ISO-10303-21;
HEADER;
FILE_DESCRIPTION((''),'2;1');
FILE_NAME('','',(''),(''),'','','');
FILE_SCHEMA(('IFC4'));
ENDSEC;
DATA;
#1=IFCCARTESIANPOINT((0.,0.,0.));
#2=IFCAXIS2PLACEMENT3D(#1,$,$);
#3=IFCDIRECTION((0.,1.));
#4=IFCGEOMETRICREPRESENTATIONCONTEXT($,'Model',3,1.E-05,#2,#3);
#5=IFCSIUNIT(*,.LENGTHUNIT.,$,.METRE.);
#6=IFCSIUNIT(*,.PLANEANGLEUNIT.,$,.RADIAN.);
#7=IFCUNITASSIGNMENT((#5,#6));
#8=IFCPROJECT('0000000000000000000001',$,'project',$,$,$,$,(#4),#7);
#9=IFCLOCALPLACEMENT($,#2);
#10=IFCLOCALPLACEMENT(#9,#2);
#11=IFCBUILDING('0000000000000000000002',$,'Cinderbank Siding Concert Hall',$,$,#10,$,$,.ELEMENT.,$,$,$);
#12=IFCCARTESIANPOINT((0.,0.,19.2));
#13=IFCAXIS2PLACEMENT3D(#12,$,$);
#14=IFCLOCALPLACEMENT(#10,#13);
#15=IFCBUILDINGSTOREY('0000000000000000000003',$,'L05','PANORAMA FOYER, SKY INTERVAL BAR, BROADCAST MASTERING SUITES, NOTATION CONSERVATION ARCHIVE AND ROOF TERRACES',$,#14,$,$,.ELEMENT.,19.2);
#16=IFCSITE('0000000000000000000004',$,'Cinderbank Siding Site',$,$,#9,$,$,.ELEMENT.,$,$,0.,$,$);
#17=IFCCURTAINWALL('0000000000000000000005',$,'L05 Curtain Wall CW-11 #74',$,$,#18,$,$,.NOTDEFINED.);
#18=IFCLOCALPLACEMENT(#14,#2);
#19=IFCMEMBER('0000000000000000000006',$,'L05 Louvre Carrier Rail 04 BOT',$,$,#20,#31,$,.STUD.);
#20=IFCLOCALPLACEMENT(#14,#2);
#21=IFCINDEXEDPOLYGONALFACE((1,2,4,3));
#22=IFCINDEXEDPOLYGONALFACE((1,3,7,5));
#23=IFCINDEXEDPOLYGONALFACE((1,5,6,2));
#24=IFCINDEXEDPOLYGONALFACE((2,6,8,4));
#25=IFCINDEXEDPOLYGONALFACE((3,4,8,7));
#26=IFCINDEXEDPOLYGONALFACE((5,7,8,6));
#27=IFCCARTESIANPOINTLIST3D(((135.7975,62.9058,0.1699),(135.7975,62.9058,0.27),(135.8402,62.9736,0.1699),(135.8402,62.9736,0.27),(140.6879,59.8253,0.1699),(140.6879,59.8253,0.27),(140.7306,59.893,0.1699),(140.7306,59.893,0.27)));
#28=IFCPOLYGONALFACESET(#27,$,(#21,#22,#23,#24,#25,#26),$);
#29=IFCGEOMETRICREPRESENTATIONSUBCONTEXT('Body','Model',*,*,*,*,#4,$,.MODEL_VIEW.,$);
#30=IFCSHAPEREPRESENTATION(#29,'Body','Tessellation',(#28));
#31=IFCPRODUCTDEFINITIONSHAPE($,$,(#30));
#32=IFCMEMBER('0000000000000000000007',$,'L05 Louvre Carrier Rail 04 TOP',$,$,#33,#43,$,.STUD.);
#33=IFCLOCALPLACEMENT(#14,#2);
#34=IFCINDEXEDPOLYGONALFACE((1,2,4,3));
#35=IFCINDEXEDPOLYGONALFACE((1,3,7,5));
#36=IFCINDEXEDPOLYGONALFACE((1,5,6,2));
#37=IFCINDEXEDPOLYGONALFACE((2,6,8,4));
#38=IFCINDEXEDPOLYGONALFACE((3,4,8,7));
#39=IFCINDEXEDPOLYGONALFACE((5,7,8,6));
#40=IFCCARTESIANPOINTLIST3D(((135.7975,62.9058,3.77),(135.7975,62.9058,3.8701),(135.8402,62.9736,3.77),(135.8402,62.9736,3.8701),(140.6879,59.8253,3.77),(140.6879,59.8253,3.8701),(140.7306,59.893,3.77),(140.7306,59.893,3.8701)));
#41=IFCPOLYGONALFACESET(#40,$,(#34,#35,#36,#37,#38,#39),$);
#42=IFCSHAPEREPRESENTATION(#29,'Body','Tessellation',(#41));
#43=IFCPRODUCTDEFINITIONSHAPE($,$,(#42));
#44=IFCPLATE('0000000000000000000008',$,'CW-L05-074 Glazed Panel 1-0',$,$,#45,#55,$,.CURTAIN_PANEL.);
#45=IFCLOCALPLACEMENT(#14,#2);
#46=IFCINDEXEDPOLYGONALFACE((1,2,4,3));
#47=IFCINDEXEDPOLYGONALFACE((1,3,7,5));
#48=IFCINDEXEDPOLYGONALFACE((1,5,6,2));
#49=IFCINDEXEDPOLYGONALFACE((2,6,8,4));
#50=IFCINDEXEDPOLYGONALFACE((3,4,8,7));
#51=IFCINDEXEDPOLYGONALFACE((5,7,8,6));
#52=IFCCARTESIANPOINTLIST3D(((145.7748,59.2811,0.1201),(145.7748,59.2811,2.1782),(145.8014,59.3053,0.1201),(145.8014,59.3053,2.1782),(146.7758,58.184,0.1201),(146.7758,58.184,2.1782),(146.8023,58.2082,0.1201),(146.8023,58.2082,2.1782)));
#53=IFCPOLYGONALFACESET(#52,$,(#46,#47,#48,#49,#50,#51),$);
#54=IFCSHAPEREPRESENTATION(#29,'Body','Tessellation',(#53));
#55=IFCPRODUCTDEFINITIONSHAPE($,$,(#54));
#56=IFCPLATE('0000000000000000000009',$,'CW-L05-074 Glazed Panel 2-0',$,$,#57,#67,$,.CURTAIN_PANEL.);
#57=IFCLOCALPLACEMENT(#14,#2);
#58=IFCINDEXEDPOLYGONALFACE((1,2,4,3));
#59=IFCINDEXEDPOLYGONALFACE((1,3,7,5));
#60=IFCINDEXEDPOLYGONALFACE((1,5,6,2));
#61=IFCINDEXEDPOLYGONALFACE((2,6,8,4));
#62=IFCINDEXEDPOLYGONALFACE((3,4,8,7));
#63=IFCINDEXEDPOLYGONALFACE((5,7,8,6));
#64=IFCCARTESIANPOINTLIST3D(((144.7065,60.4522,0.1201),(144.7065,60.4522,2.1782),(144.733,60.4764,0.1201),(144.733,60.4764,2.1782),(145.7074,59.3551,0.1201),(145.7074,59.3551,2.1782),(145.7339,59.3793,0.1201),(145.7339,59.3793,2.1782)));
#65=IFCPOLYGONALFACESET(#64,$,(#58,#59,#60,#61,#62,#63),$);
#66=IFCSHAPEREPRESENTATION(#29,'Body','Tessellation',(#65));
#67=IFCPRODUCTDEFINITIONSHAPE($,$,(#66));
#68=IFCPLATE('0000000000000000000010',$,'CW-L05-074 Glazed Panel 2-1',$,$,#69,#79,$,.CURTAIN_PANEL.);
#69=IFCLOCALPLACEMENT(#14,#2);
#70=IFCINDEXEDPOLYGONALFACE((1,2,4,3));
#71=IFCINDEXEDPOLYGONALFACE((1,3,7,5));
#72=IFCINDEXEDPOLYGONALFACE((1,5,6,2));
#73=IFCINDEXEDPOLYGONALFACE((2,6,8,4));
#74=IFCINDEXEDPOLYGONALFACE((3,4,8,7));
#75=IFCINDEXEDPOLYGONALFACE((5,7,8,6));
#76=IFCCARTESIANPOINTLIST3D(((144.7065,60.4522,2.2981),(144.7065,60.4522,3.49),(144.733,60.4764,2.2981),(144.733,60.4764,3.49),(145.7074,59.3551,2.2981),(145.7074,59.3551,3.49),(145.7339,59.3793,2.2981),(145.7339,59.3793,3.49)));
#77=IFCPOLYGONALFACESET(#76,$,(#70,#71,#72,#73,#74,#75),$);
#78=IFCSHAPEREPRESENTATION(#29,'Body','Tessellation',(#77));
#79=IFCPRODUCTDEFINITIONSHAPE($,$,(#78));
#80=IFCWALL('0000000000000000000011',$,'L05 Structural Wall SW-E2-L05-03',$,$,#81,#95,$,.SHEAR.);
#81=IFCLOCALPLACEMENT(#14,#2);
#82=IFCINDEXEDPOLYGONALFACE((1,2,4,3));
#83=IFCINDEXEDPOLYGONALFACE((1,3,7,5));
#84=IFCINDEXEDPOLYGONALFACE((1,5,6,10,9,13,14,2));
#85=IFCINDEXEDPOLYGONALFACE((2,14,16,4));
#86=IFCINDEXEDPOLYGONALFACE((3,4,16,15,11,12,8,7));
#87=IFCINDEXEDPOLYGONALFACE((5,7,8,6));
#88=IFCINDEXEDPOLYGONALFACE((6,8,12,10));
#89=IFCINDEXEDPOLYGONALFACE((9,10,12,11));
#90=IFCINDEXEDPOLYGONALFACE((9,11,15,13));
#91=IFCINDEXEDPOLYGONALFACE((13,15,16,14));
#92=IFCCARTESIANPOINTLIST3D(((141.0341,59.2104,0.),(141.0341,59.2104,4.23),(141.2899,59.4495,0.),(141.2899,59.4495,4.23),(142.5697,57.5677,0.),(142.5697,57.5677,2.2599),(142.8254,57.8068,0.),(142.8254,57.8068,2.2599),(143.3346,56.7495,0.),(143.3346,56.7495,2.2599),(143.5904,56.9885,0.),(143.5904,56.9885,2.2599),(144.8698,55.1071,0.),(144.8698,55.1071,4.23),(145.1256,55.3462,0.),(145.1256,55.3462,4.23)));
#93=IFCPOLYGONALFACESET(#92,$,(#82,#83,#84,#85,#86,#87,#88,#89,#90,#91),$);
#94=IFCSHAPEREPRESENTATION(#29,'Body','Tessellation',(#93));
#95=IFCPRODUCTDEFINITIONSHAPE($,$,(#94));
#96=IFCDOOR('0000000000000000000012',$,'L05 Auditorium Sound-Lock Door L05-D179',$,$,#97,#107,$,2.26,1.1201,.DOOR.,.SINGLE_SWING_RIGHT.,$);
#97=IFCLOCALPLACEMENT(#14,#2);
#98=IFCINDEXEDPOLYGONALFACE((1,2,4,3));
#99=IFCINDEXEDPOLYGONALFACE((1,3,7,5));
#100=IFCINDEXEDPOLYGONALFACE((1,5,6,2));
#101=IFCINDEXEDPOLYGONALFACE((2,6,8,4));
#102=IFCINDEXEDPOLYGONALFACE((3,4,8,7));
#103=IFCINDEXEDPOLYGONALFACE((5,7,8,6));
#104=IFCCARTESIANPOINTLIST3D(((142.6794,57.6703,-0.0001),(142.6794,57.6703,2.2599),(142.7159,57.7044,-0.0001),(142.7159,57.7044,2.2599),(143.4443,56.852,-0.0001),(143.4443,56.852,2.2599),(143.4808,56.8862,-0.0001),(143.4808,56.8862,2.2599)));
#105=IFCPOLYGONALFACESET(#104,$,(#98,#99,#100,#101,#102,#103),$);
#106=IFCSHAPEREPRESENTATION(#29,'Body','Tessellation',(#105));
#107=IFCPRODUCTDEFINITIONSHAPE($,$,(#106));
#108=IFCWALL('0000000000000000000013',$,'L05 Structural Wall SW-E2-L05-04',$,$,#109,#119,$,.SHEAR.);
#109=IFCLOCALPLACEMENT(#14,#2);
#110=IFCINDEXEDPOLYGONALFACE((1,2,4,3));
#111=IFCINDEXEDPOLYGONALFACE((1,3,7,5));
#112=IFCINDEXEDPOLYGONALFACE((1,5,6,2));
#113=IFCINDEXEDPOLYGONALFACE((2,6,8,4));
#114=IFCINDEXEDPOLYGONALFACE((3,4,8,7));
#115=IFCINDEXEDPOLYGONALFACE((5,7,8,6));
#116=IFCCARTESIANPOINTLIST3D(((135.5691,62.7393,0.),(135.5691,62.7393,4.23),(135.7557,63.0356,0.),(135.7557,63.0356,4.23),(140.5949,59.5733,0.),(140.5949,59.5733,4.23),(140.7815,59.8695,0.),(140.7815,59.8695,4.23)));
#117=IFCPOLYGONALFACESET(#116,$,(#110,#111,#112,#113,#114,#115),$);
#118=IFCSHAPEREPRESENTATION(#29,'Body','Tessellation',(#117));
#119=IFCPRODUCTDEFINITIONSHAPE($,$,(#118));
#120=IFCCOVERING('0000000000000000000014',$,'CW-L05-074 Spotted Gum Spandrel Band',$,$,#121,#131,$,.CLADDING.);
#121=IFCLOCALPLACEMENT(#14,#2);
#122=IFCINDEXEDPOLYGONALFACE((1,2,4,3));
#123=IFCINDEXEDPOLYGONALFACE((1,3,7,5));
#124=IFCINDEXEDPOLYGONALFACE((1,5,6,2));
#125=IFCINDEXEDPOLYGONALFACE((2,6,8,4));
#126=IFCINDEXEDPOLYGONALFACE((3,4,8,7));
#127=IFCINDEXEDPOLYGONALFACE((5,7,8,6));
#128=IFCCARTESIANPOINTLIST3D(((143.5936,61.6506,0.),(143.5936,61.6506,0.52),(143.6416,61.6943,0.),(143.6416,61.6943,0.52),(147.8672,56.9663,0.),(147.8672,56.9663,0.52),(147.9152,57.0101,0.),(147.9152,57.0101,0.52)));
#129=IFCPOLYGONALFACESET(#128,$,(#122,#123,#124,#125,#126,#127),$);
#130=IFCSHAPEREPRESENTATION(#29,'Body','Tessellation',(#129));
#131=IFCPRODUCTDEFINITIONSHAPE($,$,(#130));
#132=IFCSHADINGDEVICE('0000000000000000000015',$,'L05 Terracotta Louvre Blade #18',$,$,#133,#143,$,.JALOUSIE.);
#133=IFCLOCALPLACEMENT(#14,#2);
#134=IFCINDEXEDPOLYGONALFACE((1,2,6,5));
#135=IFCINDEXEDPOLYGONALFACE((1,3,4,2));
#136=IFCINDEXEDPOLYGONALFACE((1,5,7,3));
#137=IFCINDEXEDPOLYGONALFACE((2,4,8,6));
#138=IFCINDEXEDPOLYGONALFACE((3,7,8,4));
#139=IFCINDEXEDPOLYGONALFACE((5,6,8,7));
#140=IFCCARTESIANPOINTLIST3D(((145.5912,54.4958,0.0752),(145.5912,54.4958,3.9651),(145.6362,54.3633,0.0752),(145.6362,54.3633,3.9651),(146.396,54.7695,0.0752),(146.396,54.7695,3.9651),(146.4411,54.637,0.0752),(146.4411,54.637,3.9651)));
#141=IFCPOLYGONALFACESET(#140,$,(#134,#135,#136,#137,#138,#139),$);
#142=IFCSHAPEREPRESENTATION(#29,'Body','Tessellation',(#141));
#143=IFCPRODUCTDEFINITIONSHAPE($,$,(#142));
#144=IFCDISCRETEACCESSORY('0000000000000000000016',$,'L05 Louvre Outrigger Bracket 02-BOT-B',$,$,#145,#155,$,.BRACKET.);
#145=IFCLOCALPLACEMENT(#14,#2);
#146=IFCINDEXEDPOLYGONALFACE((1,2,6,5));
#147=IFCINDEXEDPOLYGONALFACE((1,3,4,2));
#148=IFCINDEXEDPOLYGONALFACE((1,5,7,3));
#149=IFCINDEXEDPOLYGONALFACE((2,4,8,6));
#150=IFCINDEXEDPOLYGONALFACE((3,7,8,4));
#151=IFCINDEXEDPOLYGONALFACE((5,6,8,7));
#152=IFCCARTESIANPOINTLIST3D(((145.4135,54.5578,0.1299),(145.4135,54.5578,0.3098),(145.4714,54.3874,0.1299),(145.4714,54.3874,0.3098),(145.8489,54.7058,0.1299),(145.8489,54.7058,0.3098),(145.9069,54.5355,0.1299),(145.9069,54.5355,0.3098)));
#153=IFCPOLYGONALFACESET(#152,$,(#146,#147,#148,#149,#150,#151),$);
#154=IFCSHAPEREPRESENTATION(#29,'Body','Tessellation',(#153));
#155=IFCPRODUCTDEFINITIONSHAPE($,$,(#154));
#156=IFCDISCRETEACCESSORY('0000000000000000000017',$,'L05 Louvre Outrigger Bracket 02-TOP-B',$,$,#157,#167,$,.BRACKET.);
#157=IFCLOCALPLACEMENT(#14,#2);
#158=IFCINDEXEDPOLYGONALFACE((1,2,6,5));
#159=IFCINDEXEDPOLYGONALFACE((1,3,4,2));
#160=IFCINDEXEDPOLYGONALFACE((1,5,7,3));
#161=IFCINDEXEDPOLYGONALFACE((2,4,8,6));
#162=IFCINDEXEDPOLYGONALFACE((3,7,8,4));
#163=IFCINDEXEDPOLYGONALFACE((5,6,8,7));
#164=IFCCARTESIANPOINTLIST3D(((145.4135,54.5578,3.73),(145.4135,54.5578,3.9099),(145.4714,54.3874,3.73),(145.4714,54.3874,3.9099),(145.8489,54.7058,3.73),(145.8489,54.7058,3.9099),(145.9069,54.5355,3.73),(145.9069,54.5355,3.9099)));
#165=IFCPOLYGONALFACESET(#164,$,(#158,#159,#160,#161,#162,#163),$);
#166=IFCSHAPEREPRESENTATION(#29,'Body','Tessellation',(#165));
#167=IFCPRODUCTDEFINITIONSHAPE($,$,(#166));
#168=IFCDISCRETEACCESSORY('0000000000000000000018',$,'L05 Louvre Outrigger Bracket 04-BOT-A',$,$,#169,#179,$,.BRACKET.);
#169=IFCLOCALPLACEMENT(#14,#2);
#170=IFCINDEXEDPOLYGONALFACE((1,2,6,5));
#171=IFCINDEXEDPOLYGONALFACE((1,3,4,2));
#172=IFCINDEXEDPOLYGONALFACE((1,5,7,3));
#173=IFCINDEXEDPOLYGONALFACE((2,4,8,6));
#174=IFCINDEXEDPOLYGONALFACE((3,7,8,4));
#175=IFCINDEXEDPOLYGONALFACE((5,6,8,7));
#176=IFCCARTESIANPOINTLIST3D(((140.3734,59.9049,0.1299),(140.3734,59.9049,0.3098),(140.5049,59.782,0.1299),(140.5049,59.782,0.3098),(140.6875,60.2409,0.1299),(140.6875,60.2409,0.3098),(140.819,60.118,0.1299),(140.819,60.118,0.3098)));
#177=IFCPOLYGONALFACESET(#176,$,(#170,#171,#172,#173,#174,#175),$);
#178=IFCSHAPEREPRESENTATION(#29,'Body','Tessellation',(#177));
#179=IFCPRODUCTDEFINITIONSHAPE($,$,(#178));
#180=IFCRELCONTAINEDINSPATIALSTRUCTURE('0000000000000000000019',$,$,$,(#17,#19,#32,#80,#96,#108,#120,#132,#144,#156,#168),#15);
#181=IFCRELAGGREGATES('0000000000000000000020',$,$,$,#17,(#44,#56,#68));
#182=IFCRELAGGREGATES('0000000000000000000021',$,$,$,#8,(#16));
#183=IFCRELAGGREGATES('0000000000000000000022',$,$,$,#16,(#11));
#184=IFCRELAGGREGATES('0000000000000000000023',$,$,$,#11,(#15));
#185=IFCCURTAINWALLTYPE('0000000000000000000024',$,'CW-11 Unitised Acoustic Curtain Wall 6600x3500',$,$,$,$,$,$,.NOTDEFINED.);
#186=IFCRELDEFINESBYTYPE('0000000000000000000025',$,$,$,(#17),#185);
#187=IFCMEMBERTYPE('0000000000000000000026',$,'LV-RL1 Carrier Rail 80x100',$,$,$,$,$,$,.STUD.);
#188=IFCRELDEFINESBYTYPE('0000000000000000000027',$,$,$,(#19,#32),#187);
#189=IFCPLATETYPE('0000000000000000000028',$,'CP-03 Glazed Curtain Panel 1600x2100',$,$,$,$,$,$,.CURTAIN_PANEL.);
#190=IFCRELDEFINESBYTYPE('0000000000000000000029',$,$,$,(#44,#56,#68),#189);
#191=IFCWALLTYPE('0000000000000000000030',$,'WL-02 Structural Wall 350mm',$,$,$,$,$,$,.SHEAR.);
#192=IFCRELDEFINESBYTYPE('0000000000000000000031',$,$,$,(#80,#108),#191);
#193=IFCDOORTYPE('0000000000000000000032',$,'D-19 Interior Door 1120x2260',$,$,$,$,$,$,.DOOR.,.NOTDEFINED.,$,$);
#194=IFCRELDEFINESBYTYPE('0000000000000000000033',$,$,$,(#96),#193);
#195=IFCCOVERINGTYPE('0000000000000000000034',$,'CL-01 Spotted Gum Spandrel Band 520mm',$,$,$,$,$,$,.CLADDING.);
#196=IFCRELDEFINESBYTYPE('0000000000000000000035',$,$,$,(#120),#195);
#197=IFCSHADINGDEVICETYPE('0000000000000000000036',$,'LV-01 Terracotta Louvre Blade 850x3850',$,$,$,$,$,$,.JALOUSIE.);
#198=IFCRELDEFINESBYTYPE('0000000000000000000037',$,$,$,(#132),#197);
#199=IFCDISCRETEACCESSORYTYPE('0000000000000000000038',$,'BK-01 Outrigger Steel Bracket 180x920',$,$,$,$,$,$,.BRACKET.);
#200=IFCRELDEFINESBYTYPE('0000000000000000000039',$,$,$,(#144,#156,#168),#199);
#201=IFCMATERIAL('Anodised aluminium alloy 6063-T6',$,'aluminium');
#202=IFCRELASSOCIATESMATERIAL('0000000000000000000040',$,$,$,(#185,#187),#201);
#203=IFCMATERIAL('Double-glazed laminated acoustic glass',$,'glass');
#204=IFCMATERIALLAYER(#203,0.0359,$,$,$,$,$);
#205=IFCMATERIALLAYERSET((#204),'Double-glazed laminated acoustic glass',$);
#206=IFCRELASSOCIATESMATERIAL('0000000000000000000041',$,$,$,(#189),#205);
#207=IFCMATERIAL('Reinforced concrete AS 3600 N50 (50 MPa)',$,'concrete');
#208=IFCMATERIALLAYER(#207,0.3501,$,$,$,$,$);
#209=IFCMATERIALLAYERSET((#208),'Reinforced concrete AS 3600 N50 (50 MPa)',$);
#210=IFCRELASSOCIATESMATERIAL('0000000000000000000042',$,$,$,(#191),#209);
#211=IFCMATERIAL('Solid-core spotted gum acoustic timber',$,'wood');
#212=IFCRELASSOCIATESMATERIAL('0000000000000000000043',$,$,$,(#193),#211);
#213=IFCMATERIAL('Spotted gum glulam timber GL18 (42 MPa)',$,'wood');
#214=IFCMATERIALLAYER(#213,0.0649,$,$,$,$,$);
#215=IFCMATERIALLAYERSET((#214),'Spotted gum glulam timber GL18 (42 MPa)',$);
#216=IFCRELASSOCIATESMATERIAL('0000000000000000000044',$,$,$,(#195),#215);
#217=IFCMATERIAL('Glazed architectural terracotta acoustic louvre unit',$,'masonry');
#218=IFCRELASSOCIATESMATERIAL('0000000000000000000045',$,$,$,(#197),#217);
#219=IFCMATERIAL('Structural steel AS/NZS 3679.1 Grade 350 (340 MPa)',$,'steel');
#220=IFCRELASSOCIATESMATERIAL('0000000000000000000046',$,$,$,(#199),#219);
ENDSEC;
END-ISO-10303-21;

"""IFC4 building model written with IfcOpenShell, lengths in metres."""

from ifc_helpers import new_model, si_unit, direction, frame, frame_2d, origin, origin_2d, place, context, subcontext, project, spatial, rectangle, extrude, material, layer, layer_set, material_profile, profile_set, type_object, element, fill, aggregate, save


model = new_model("IFC4")

# Units and contexts
model_context = context("Model", 3, precision=1e-05, world=origin(), true_north=direction((0.0, 1.0)))
body_context = subcontext(model_context, "Body", "Model", "MODEL_VIEW")
ifc_project = project(units=[si_unit("LENGTHUNIT", "METRE"), si_unit("PLANEANGLEUNIT", "RADIAN")], contexts=[model_context])

# Site, building, storey
site_placement = place(None, origin())
site = spatial("IfcSite", under=ifc_project, at=site_placement, Name="Cinderbank Siding Site", CompositionType="ELEMENT", RefElevation=0.0)
building_placement = place(site_placement, origin())
building = spatial("IfcBuilding", under=site, at=building_placement, Name="Cinderbank Siding Concert Hall", CompositionType="ELEMENT")
storey_placement = place(building_placement, frame((0.0, 0.0, 19.2)))
storey = spatial("IfcBuildingStorey", under=building, at=storey_placement, Name="L05", Description="PANORAMA FOYER, SKY INTERVAL BAR, BROADCAST MASTERING SUITES, NOTATION CONSERVATION ARCHIVE AND ROOF TERRACES", CompositionType="ELEMENT", Elevation=19.2)

# Shared definitions
ifc_material_1 = material(Name="Reinforced concrete AS 3600 N50 (50 MPa)", Category="concrete")

# Shared definitions
ifc_material_2 = material(Name="Structural steel AS/NZS 3679.1 Grade 350 (340 MPa)", Category="steel")

# Curtain wall
ifc_material_3 = material(Name="Anodised aluminium alloy 6063-T6", Category="aluminium")
curtain_wall_type = type_object("IfcCurtainWallType", Name="CW-11 Unitised Acoustic Curtain Wall 6600x3500", PredefinedType="NOTDEFINED", material=ifc_material_3)
curtain_wall_placement = place(storey_placement, origin())
curtain_wall = element("IfcCurtainWall", 1, at=curtain_wall_placement, inside=storey, type_object=curtain_wall_type, Name="L05 Curtain Wall CW-11 #74", PredefinedType="NOTDEFINED")

# Members
ifc_material_profile_1 = material_profile(ifc_material_3, rectangle(XDim=0.0801, YDim=0.1001, at=origin_2d()), Name="ALU-RAIL-80x100", Category="LoadBearing")
ifc_profile_set_1 = profile_set([ifc_material_profile_1], Name="Anodised aluminium alloy 6063-T6")
member_type_1 = type_object("IfcMemberType", Name="LV-RL1 Carrier Rail 80x100", PredefinedType="STUD", material=ifc_profile_set_1)
for number, where, z_axis, x_axis, name in (
    (2, (140.7092, 59.8591, 0.22), (-0.846121, 0.532991, 0.0), (-0.532991, -0.846121, 0.0), "L05 Louvre Carrier Rail 04 BOT"),
    (3, (140.7092, 59.8591, 3.8201), (-0.846121, 0.532991, 0.0), (-0.532991, -0.846121, 0.0), "L05 Louvre Carrier Rail 04 TOP"),
):
    element("IfcMember", number, at=place(storey_placement, frame(where, z_axis=z_axis, x_axis=x_axis)), inside=storey, type_object=member_type_1, Name=name, PredefinedType="STUD", context=body_context, shape_type="SweptSolid", body=[
        extrude(rectangle(XDim=0.0801, YDim=0.1001, at=origin_2d()), origin(), (0.0, 0.0, 1.0), 5.7798),
    ])

# Plates
ifc_material_4 = material(Name="Double-glazed laminated acoustic glass", Category="glass")
ifc_layer_1 = layer(ifc_material_4, 0.0359)
ifc_layer_set_1 = layer_set([ifc_layer_1], Name="Double-glazed laminated acoustic glass")
plate_type = type_object("IfcPlateType", Name="CP-03 Glazed Curtain Panel 1600x2100", PredefinedType="CURTAIN_PANEL", material=ifc_layer_set_1)
plate_1_placement = place(storey_placement, frame((146.2886, 58.7446, 0.1201), z_axis=(0.0, 0.0, 1.0), x_axis=(-0.673989, 0.738742, 0.0)))
plate_1 = element("IfcPlate", 4, at=plate_1_placement, type_object=plate_type, Name="CW-L05-074 Glazed Panel 1-0", PredefinedType="CURTAIN_PANEL", context=body_context, shape_type="SweptSolid", body=[
    extrude(rectangle(XDim=1.4851, YDim=0.0359, at=origin_2d()), origin(), (0.0, 0.0, 1.0), 2.0581),
])
plate_2_placement = place(storey_placement, frame((145.2202, 59.9158, 0.1201), z_axis=(0.0, 0.0, 1.0), x_axis=(-0.673989, 0.738742, 0.0)))
plate_2 = element("IfcPlate", 5, at=plate_2_placement, type_object=plate_type, Name="CW-L05-074 Glazed Panel 2-0", PredefinedType="CURTAIN_PANEL", context=body_context, shape_type="SweptSolid", body=[
    extrude(rectangle(XDim=1.4851, YDim=0.0359, at=origin_2d()), origin(), (0.0, 0.0, 1.0), 2.0581),
])
plate_3_placement = place(storey_placement, frame((145.2202, 59.9158, 2.2981), z_axis=(0.0, 0.0, 1.0), x_axis=(-0.673989, 0.738742, 0.0)))
plate_3 = element("IfcPlate", 6, at=plate_3_placement, type_object=plate_type, Name="CW-L05-074 Glazed Panel 2-1", PredefinedType="CURTAIN_PANEL", context=body_context, shape_type="SweptSolid", body=[
    extrude(rectangle(XDim=1.4851, YDim=0.0359, at=origin_2d()), origin(), (0.0, 0.0, 1.0), 1.1919),
])
aggregate(curtain_wall, [plate_1, plate_2, plate_3])

# Wall, opening, door
ifc_layer_2 = layer(ifc_material_1, 0.3501)
ifc_layer_set_2 = layer_set([ifc_layer_2], Name="Reinforced concrete AS 3600 N50 (50 MPa)")
wall_type_1 = type_object("IfcWallType", Name="WL-02 Structural Wall 350mm", PredefinedType="SHEAR", material=ifc_layer_set_2)
wall_1_placement = place(storey_placement, frame((144.9978, 55.2266, 0.0), z_axis=(0.0, 0.0, 1.0), x_axis=(-0.682886, 0.730525, 0.0)))
wall_1 = element("IfcWall", 7, at=wall_1_placement, inside=storey, type_object=wall_type_1, Name="L05 Structural Wall SW-E2-L05-03", PredefinedType="SHEAR", context=body_context, shape_type="SweptSolid", body=[
    extrude(rectangle(XDim=5.6169, YDim=0.3501, at=frame_2d((2.8086, 0.0))), origin(), (0.0, 0.0, 1.0), 4.23),
])
opening_1_placement = place(wall_1_placement, frame((2.2483, 0.0, 0.0)))
opening_1 = element("IfcOpeningElement", 8, at=opening_1_placement, cuts=wall_1, PredefinedType="OPENING", context=body_context, shape_type="SweptSolid", body=[
    extrude(rectangle(XDim=1.1201, YDim=2.26, at=frame_2d((0.5601, 1.1299))), frame((0.0, 0.187, 0.0), z_axis=(0.0, -1.0, 0.0), x_axis=(1.0, 0.0, 0.0)), (0.0, 0.0, 1.0), 0.374),
])
ifc_material_5 = material(Name="Solid-core spotted gum acoustic timber", Category="wood")
door_type_1 = type_object("IfcDoorType", Name="D-19 Interior Door 1120x2260", OperationType="NOTDEFINED", PredefinedType="DOOR", material=ifc_material_5)
door_1_placement = place(opening_1_placement, origin())
door_1 = element("IfcDoor", 9, at=door_1_placement, inside=storey, type_object=door_type_1, Name="L05 Auditorium Sound-Lock Door L05-D179", OperationType="SINGLE_SWING_RIGHT", OverallHeight=2.26, OverallWidth=1.1201, PredefinedType="DOOR", context=body_context, shape_type="SweptSolid", body=[
    extrude(rectangle(XDim=1.1201, YDim=2.26, at=frame_2d((0.5601, 1.1299))), frame((0.0, 0.0249, 0.0), z_axis=(0.0, -1.0, 0.0), x_axis=(1.0, 0.0, 0.0)), (0.0, 0.0, 1.0), 0.05),
])
fill(opening_1, door_1)

# Wall
wall_2_placement = place(storey_placement, frame((140.6882, 59.7214, 0.0), z_axis=(0.0, 0.0, 1.0), x_axis=(-0.846113, 0.533003, 0.0)))
element("IfcWall", 10, at=wall_2_placement, inside=storey, type_object=wall_type_1, Name="L05 Structural Wall SW-E2-L05-04", PredefinedType="SHEAR", context=body_context, shape_type="SweptSolid", body=[
    extrude(rectangle(XDim=5.9399, YDim=0.3501, at=frame_2d((2.97, 0.0))), origin(), (0.0, 0.0, 1.0), 4.23),
])

# Covering
ifc_material_6 = material(Name="Spotted gum glulam timber GL18 (42 MPa)", Category="wood")
ifc_layer_3 = layer(ifc_material_6, 0.0649)
ifc_layer_set_3 = layer_set([ifc_layer_3], Name="Spotted gum glulam timber GL18 (42 MPa)")
covering_type = type_object("IfcCoveringType", Name="CL-01 Spotted Gum Spandrel Band 520mm", PredefinedType="CLADDING", material=ifc_layer_set_3)
covering_placement = place(storey_placement, frame((145.7544, 59.3303, 0.0), z_axis=(0.0, 0.0, 1.0), x_axis=(-0.673989, 0.738742, 0.0)))
element("IfcCovering", 11, at=covering_placement, inside=storey, type_object=covering_type, Name="CW-L05-074 Spotted Gum Spandrel Band", PredefinedType="CLADDING", context=body_context, shape_type="SweptSolid", body=[
    extrude(rectangle(XDim=6.3408, YDim=0.0649, at=origin_2d()), origin(), (0.0, 0.0, 1.0), 0.52),
])

# Shading device
ifc_material_7 = material(Name="Glazed architectural terracotta acoustic louvre unit", Category="masonry")
shading_device_type = type_object("IfcShadingDeviceType", Name="LV-01 Terracotta Louvre Blade 850x3850", PredefinedType="JALOUSIE", material=ifc_material_7)
shading_device_placement = place(storey_placement, frame((146.0161, 54.5664, 0.0752), z_axis=(0.0, 0.0, 1.0), x_axis=(0.946765, 0.321924, 0.0)))
element("IfcShadingDevice", 12, at=shading_device_placement, inside=storey, type_object=shading_device_type, Name="L05 Terracotta Louvre Blade #18", PredefinedType="JALOUSIE", context=body_context, shape_type="SweptSolid", body=[
    extrude(rectangle(XDim=0.8501, YDim=0.1399, at=origin_2d()), origin(), (0.0, 0.0, 1.0), 3.8899),
])

# Discrete accessories
discrete_accessory_type = type_object("IfcDiscreteAccessoryType", Name="BK-01 Outrigger Steel Bracket 180x920", PredefinedType="BRACKET", material=ifc_material_2)
for number, where, z_axis, x_axis, name in (
    (13, (145.6602, 54.5466, 0.1299), (0.0, 0.0, 1.0), (0.946765, 0.321924, 0.0), "L05 Louvre Outrigger Bracket 02-BOT-B"),
    (14, (145.6602, 54.5466, 3.73), (0.0, 0.0, 1.0), (0.946765, 0.321924, 0.0), "L05 Louvre Outrigger Bracket 02-TOP-B"),
    (15, (140.5962, 60.0115, 0.1299), (0.0, 0.0, 1.0), (0.682869, 0.730541, 0.0), "L05 Louvre Outrigger Bracket 04-BOT-A"),
):
    element("IfcDiscreteAccessory", number, at=place(storey_placement, frame(where, z_axis=z_axis, x_axis=x_axis)), inside=storey, type_object=discrete_accessory_type, Name=name, PredefinedType="BRACKET", context=body_context, shape_type="SweptSolid", body=[
        extrude(rectangle(XDim=0.46, YDim=0.1799, at=origin_2d()), origin(), (0.0, 0.0, 1.0), 0.1799),
    ])

save(model, "model.ifc")
